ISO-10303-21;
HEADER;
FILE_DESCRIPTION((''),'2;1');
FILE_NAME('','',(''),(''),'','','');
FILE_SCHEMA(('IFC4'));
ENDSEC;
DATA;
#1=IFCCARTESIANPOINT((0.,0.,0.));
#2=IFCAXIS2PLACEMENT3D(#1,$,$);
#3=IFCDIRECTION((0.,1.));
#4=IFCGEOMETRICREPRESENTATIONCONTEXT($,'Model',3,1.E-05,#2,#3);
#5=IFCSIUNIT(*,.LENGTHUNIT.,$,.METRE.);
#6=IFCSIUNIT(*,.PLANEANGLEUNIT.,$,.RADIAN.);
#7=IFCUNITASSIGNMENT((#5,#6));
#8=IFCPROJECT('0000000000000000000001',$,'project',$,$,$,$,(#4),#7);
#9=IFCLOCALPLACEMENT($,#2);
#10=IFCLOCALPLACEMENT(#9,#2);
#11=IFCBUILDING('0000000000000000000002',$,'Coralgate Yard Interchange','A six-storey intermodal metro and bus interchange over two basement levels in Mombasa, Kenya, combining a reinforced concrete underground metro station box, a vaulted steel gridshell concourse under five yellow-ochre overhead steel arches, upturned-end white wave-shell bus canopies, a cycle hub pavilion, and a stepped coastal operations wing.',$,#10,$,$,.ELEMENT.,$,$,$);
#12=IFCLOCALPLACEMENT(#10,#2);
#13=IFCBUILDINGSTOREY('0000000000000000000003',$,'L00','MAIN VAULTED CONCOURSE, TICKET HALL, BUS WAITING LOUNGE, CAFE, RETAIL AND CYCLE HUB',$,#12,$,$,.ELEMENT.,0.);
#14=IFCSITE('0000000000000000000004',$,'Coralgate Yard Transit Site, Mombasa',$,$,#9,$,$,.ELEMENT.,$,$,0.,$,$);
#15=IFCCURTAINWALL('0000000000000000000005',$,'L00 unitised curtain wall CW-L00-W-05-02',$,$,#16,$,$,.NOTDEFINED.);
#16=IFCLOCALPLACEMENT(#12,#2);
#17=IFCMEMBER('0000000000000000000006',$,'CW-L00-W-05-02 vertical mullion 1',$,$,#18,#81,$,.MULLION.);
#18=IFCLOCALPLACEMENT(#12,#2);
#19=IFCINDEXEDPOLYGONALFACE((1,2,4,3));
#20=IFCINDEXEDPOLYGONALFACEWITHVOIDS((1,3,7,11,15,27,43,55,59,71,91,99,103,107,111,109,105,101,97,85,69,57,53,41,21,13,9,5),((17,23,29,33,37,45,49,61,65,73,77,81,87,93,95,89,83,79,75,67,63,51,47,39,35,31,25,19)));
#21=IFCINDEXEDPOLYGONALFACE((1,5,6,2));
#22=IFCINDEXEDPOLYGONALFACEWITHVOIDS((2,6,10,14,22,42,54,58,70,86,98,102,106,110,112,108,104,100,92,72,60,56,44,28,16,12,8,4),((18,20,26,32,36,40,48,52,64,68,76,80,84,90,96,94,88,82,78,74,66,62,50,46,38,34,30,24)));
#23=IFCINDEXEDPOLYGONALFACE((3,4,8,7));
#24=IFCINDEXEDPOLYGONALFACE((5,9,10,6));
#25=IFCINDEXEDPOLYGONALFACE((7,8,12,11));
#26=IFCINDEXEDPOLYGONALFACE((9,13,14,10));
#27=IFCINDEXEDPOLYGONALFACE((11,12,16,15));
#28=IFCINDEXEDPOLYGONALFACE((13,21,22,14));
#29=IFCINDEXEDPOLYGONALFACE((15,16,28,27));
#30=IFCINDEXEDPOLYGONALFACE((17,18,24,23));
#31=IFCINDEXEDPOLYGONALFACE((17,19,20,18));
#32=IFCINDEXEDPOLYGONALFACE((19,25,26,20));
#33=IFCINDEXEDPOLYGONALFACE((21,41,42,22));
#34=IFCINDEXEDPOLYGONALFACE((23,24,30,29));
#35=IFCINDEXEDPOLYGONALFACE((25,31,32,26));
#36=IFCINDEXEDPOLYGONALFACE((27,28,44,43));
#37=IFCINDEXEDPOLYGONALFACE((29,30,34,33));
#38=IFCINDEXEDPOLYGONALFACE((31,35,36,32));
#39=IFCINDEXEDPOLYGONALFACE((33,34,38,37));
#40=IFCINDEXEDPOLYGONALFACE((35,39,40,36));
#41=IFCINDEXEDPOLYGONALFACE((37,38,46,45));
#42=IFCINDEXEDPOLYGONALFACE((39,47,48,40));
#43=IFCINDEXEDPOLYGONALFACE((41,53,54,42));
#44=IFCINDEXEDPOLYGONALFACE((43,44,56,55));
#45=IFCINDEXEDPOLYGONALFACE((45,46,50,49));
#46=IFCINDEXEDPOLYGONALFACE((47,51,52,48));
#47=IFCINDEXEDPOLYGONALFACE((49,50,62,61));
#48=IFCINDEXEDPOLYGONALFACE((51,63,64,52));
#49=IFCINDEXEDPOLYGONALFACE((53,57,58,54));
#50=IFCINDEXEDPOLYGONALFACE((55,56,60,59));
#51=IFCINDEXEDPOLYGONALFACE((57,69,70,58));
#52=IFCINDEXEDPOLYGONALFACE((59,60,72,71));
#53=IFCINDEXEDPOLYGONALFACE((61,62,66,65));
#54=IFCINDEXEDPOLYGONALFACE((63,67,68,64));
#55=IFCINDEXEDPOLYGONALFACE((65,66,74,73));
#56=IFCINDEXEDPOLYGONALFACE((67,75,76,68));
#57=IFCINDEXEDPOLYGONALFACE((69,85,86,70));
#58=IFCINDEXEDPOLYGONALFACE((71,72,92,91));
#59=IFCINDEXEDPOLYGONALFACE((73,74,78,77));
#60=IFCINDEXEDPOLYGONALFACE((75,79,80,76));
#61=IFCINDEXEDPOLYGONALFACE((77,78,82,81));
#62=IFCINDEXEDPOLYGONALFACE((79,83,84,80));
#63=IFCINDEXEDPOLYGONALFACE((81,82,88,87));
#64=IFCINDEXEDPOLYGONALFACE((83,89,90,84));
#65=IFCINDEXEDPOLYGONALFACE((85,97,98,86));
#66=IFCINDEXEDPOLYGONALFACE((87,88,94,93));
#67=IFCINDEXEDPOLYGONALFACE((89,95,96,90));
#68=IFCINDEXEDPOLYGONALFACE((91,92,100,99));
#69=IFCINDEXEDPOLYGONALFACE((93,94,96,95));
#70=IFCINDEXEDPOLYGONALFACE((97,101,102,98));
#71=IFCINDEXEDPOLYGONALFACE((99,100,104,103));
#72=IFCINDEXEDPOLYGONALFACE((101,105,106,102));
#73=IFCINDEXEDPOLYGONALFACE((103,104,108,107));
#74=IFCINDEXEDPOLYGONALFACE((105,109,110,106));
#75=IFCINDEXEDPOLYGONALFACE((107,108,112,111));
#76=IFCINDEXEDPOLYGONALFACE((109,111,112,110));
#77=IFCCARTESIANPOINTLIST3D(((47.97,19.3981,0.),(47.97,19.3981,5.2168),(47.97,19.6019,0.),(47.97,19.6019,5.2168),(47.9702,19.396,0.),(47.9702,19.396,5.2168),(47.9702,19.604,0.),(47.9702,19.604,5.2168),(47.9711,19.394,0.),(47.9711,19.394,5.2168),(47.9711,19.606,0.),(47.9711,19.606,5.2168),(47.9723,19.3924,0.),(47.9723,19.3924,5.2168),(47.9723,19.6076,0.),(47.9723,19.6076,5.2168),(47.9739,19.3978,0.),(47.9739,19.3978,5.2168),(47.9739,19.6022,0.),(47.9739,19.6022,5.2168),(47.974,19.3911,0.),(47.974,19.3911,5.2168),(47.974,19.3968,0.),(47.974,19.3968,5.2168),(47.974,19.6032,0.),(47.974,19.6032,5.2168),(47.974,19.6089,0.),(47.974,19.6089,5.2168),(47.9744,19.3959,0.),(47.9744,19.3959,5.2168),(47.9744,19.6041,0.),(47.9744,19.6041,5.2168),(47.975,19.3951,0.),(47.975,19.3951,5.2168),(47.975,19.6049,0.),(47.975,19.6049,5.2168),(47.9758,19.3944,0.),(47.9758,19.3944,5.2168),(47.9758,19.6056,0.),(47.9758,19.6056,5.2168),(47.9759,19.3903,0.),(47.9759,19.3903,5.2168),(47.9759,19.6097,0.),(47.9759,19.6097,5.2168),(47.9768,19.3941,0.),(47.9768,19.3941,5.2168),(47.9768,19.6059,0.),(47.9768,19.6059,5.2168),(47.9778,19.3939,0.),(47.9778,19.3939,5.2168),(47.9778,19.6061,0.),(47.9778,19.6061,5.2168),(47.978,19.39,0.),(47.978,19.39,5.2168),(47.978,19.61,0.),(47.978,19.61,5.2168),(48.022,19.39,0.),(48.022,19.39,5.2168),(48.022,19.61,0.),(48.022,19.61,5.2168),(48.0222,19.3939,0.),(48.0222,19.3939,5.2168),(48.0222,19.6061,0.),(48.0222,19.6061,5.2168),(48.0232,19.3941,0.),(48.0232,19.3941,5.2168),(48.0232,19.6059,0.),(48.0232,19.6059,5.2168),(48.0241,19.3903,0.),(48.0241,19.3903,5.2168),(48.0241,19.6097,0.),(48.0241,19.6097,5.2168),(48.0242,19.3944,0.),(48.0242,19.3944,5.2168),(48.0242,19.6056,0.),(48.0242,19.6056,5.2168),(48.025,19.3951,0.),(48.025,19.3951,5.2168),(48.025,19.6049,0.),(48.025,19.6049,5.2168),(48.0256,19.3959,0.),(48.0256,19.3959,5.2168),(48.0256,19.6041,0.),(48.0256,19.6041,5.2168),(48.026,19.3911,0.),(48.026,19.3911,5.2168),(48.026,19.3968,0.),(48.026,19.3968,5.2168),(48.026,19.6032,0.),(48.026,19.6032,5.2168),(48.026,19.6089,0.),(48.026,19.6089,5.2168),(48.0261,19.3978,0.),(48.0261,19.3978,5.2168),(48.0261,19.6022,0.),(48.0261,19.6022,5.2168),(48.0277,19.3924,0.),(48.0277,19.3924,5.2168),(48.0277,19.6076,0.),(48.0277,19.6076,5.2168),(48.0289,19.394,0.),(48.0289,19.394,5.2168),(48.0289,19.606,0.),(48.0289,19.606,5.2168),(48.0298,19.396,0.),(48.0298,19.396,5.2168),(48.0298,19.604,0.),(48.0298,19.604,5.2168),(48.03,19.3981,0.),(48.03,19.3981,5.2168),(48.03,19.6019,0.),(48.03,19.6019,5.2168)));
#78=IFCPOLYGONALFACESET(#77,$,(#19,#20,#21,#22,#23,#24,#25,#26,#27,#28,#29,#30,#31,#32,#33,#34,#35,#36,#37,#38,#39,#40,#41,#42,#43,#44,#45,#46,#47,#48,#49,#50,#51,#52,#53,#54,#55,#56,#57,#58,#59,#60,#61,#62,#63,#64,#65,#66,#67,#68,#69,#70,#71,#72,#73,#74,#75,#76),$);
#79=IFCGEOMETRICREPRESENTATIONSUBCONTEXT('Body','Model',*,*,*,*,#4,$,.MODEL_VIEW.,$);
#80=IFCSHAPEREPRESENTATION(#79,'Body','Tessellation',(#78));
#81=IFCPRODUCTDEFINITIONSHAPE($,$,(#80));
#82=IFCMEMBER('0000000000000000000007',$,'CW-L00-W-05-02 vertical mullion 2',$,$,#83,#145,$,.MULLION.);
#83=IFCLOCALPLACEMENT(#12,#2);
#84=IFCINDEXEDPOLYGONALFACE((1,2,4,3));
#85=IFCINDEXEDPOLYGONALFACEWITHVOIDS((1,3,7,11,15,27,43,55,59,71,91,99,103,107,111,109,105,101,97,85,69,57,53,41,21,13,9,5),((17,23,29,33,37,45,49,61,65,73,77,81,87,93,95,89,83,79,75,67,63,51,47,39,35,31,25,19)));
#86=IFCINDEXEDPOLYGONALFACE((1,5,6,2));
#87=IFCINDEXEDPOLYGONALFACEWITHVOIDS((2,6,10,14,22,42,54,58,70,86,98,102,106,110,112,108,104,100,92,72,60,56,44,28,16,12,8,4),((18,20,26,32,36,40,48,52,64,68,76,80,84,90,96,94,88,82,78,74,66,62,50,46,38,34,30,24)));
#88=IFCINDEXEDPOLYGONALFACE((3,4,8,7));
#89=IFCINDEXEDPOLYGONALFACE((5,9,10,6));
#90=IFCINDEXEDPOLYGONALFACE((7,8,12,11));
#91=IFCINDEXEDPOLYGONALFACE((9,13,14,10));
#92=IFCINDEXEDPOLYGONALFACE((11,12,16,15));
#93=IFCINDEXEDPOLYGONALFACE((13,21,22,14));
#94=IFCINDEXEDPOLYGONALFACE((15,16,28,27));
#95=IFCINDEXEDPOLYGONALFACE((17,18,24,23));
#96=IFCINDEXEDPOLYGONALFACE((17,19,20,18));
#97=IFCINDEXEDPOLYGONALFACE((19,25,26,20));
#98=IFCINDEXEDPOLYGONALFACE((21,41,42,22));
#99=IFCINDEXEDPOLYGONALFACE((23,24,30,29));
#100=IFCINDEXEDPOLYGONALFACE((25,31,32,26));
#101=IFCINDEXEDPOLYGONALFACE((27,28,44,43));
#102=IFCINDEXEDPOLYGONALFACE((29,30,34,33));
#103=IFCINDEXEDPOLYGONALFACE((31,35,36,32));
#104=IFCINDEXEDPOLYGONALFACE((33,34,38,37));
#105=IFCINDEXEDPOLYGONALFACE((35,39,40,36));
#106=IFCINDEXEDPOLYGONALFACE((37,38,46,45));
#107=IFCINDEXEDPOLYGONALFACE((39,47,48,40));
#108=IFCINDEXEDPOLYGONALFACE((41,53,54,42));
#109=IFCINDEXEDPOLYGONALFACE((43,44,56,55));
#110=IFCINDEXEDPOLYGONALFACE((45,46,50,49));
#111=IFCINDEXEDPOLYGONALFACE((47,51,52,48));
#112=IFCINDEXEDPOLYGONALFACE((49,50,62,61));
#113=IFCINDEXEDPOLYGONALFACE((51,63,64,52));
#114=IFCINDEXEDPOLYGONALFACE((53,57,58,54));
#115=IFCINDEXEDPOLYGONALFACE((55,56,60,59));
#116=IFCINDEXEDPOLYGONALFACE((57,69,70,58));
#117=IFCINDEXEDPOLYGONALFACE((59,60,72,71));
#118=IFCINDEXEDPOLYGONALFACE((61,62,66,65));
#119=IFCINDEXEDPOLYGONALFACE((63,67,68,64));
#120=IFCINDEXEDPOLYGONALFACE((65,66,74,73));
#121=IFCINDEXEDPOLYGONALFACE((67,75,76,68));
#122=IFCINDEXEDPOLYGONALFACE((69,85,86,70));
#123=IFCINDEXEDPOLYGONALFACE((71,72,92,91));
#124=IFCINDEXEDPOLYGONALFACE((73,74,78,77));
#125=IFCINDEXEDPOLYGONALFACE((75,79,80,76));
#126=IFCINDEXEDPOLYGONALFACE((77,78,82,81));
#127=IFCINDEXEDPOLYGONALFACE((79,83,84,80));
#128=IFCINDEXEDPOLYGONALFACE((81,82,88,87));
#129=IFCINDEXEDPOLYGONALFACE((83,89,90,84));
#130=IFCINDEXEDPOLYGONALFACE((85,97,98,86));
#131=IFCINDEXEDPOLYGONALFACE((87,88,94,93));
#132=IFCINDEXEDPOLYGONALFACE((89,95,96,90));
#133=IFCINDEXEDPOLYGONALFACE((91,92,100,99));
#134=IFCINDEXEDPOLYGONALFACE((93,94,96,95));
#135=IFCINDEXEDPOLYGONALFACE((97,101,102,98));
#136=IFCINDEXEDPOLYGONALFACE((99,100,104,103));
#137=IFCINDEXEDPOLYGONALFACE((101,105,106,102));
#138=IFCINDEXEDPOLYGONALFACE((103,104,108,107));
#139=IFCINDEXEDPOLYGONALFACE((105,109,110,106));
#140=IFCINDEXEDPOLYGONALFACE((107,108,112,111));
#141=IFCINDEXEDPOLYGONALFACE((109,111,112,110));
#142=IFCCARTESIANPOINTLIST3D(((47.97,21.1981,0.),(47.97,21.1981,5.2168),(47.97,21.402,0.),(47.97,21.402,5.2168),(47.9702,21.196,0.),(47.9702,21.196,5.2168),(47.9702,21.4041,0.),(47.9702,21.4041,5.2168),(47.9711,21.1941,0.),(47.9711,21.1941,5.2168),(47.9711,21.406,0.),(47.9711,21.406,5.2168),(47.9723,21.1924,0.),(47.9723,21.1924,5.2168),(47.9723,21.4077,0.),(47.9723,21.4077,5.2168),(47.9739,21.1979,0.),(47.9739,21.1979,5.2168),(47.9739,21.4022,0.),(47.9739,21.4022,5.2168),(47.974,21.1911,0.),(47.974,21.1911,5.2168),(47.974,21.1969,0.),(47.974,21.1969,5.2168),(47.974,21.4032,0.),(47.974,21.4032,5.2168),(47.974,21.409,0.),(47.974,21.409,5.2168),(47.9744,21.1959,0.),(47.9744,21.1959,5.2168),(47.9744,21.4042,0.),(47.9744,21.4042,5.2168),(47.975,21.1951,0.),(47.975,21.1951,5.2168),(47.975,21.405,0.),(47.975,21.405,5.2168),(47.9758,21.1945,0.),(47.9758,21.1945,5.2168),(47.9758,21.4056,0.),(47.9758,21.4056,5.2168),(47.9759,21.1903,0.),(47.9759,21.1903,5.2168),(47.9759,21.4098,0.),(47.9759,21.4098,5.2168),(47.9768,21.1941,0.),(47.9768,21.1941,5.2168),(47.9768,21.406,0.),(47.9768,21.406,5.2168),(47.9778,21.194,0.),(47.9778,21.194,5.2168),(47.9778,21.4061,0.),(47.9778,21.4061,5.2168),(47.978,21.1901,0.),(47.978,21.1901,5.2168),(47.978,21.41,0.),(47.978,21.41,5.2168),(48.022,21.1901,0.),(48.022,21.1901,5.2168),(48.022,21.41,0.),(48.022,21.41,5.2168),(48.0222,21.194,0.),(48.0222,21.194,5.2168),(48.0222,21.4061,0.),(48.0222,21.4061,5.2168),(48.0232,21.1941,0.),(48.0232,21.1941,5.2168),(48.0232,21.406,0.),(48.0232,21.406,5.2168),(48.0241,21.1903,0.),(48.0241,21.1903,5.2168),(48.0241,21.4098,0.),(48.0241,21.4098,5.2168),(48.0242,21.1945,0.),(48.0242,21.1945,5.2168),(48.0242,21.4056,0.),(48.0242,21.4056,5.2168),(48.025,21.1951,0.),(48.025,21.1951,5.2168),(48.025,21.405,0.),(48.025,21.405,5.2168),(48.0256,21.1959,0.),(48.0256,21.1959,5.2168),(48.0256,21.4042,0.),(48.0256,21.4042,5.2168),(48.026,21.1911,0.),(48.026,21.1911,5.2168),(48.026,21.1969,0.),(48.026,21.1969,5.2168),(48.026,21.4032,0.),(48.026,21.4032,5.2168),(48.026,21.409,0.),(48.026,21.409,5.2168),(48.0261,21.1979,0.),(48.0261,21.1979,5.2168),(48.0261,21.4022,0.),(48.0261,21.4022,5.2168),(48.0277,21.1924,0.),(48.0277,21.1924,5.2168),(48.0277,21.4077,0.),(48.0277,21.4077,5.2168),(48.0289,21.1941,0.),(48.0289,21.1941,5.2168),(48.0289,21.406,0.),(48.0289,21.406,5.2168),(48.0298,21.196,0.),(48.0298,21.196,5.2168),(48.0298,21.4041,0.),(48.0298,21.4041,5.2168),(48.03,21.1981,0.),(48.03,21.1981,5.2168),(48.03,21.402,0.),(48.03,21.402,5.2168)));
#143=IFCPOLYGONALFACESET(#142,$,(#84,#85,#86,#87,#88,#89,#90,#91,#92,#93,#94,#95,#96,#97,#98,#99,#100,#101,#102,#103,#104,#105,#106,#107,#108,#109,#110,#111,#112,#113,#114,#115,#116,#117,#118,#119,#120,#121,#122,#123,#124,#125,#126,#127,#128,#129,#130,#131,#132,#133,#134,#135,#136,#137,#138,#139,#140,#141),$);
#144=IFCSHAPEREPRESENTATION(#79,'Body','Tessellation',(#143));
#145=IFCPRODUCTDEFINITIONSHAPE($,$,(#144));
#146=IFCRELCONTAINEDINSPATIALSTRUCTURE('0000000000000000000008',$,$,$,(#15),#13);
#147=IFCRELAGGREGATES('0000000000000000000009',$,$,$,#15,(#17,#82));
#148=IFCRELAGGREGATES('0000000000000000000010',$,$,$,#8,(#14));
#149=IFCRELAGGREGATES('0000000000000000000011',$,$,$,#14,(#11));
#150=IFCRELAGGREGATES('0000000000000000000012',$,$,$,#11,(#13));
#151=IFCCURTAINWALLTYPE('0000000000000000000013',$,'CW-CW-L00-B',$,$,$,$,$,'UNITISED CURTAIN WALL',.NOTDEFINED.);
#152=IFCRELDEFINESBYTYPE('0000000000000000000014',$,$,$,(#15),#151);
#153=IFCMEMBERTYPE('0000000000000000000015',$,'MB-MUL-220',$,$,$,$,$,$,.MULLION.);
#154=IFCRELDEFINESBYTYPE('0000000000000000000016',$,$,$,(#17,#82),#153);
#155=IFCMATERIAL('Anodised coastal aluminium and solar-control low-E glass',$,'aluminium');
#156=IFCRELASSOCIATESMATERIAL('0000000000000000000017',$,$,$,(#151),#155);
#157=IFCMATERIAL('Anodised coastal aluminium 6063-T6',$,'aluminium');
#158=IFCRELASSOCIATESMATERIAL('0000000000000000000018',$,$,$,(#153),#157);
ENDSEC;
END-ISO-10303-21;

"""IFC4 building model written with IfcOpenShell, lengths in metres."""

from ifc_helpers import new_model, si_unit, direction, frame, origin, origin_2d, place, context, subcontext, project, spatial, hollow_rectangle, extrude, material, material_profile, profile_set, type_object, element, aggregate, save


model = new_model("IFC4")

# Units and contexts
model_context = context("Model", 3, precision=1e-05, world=origin(), true_north=direction((0.0, 1.0)))
body_context = subcontext(model_context, "Body", "Model", "MODEL_VIEW")
ifc_project = project(units=[si_unit("LENGTHUNIT", "METRE"), si_unit("PLANEANGLEUNIT", "RADIAN")], contexts=[model_context])

# Site, building, storey
site_placement = place(None, origin())
site = spatial("IfcSite", under=ifc_project, at=site_placement, Name="Coralgate Yard Transit Site, Mombasa", CompositionType="ELEMENT", RefElevation=0.0)
building_placement = place(site_placement, origin())
building = spatial("IfcBuilding", under=site, at=building_placement, Name="Coralgate Yard Interchange", Description="A six-storey intermodal metro and bus interchange over two basement levels in Mombasa, Kenya, combining a reinforced concrete underground metro station box, a vaulted steel gridshell concourse under five yellow-ochre overhead steel arches, upturned-end white wave-shell bus canopies, a cycle hub pavilion, and a stepped coastal operations wing.", CompositionType="ELEMENT")
storey_placement = place(building_placement, origin())
storey = spatial("IfcBuildingStorey", under=building, at=storey_placement, Name="L00", Description="MAIN VAULTED CONCOURSE, TICKET HALL, BUS WAITING LOUNGE, CAFE, RETAIL AND CYCLE HUB", CompositionType="ELEMENT", Elevation=0.0)

# Shared definitions
ifc_material_1 = material(Name="Anodised coastal aluminium and solar-control low-E glass", Category="aluminium")
curtain_wall_type = type_object("IfcCurtainWallType", Name="CW-CW-L00-B", ElementType="UNITISED CURTAIN WALL", PredefinedType="NOTDEFINED", material=ifc_material_1)
ifc_material_2 = material(Name="Anodised coastal aluminium 6063-T6", Category="aluminium")
ifc_material_profile_1 = material_profile(ifc_material_2, hollow_rectangle(XDim=0.0601, YDim=0.22, WallThickness=0.0039, InnerFilletRadius=0.0039, OuterFilletRadius=0.0081, at=origin_2d()), Name="ALU 60x220x4")
ifc_profile_set_1 = profile_set([ifc_material_profile_1], Name="Anodised coastal aluminium 6063-T6")
member_type_1 = type_object("IfcMemberType", Name="MB-MUL-220", PredefinedType="MULLION", material=ifc_profile_set_1)

# Curtain wall, members
curtain_wall_1_placement = place(storey_placement, origin())
curtain_wall_1 = element("IfcCurtainWall", 1, at=curtain_wall_1_placement, inside=storey, type_object=curtain_wall_type, Name="L00 unitised curtain wall CW-L00-W-05-02", PredefinedType="NOTDEFINED")
member_1_placement = place(storey_placement, frame((48.0, 19.5, 0.0), z_axis=(0.0, 0.0, 1.0), x_axis=(1.0, 0.0, 0.0)))
member_1 = element("IfcMember", 2, at=member_1_placement, type_object=member_type_1, Name="CW-L00-W-05-02 vertical mullion 1", PredefinedType="MULLION", context=body_context, shape_type="SweptSolid", body=[
    extrude(hollow_rectangle(XDim=0.0601, YDim=0.22, WallThickness=0.0039, InnerFilletRadius=0.0039, OuterFilletRadius=0.0081, at=origin_2d()), origin(), (0.0, 0.0, 1.0), 5.2168),
])
member_2_placement = place(storey_placement, frame((48.0, 21.3, 0.0), z_axis=(0.0, 0.0, 1.0), x_axis=(1.0, 0.0, 0.0)))
member_2 = element("IfcMember", 3, at=member_2_placement, type_object=member_type_1, Name="CW-L00-W-05-02 vertical mullion 2", PredefinedType="MULLION", context=body_context, shape_type="SweptSolid", body=[
    extrude(hollow_rectangle(XDim=0.0601, YDim=0.22, WallThickness=0.0039, InnerFilletRadius=0.0039, OuterFilletRadius=0.0081, at=origin_2d()), origin(), (0.0, 0.0, 1.0), 5.2168),
])

aggregate(curtain_wall_1, [member_1, member_2])

save(model, "model.ifc")
